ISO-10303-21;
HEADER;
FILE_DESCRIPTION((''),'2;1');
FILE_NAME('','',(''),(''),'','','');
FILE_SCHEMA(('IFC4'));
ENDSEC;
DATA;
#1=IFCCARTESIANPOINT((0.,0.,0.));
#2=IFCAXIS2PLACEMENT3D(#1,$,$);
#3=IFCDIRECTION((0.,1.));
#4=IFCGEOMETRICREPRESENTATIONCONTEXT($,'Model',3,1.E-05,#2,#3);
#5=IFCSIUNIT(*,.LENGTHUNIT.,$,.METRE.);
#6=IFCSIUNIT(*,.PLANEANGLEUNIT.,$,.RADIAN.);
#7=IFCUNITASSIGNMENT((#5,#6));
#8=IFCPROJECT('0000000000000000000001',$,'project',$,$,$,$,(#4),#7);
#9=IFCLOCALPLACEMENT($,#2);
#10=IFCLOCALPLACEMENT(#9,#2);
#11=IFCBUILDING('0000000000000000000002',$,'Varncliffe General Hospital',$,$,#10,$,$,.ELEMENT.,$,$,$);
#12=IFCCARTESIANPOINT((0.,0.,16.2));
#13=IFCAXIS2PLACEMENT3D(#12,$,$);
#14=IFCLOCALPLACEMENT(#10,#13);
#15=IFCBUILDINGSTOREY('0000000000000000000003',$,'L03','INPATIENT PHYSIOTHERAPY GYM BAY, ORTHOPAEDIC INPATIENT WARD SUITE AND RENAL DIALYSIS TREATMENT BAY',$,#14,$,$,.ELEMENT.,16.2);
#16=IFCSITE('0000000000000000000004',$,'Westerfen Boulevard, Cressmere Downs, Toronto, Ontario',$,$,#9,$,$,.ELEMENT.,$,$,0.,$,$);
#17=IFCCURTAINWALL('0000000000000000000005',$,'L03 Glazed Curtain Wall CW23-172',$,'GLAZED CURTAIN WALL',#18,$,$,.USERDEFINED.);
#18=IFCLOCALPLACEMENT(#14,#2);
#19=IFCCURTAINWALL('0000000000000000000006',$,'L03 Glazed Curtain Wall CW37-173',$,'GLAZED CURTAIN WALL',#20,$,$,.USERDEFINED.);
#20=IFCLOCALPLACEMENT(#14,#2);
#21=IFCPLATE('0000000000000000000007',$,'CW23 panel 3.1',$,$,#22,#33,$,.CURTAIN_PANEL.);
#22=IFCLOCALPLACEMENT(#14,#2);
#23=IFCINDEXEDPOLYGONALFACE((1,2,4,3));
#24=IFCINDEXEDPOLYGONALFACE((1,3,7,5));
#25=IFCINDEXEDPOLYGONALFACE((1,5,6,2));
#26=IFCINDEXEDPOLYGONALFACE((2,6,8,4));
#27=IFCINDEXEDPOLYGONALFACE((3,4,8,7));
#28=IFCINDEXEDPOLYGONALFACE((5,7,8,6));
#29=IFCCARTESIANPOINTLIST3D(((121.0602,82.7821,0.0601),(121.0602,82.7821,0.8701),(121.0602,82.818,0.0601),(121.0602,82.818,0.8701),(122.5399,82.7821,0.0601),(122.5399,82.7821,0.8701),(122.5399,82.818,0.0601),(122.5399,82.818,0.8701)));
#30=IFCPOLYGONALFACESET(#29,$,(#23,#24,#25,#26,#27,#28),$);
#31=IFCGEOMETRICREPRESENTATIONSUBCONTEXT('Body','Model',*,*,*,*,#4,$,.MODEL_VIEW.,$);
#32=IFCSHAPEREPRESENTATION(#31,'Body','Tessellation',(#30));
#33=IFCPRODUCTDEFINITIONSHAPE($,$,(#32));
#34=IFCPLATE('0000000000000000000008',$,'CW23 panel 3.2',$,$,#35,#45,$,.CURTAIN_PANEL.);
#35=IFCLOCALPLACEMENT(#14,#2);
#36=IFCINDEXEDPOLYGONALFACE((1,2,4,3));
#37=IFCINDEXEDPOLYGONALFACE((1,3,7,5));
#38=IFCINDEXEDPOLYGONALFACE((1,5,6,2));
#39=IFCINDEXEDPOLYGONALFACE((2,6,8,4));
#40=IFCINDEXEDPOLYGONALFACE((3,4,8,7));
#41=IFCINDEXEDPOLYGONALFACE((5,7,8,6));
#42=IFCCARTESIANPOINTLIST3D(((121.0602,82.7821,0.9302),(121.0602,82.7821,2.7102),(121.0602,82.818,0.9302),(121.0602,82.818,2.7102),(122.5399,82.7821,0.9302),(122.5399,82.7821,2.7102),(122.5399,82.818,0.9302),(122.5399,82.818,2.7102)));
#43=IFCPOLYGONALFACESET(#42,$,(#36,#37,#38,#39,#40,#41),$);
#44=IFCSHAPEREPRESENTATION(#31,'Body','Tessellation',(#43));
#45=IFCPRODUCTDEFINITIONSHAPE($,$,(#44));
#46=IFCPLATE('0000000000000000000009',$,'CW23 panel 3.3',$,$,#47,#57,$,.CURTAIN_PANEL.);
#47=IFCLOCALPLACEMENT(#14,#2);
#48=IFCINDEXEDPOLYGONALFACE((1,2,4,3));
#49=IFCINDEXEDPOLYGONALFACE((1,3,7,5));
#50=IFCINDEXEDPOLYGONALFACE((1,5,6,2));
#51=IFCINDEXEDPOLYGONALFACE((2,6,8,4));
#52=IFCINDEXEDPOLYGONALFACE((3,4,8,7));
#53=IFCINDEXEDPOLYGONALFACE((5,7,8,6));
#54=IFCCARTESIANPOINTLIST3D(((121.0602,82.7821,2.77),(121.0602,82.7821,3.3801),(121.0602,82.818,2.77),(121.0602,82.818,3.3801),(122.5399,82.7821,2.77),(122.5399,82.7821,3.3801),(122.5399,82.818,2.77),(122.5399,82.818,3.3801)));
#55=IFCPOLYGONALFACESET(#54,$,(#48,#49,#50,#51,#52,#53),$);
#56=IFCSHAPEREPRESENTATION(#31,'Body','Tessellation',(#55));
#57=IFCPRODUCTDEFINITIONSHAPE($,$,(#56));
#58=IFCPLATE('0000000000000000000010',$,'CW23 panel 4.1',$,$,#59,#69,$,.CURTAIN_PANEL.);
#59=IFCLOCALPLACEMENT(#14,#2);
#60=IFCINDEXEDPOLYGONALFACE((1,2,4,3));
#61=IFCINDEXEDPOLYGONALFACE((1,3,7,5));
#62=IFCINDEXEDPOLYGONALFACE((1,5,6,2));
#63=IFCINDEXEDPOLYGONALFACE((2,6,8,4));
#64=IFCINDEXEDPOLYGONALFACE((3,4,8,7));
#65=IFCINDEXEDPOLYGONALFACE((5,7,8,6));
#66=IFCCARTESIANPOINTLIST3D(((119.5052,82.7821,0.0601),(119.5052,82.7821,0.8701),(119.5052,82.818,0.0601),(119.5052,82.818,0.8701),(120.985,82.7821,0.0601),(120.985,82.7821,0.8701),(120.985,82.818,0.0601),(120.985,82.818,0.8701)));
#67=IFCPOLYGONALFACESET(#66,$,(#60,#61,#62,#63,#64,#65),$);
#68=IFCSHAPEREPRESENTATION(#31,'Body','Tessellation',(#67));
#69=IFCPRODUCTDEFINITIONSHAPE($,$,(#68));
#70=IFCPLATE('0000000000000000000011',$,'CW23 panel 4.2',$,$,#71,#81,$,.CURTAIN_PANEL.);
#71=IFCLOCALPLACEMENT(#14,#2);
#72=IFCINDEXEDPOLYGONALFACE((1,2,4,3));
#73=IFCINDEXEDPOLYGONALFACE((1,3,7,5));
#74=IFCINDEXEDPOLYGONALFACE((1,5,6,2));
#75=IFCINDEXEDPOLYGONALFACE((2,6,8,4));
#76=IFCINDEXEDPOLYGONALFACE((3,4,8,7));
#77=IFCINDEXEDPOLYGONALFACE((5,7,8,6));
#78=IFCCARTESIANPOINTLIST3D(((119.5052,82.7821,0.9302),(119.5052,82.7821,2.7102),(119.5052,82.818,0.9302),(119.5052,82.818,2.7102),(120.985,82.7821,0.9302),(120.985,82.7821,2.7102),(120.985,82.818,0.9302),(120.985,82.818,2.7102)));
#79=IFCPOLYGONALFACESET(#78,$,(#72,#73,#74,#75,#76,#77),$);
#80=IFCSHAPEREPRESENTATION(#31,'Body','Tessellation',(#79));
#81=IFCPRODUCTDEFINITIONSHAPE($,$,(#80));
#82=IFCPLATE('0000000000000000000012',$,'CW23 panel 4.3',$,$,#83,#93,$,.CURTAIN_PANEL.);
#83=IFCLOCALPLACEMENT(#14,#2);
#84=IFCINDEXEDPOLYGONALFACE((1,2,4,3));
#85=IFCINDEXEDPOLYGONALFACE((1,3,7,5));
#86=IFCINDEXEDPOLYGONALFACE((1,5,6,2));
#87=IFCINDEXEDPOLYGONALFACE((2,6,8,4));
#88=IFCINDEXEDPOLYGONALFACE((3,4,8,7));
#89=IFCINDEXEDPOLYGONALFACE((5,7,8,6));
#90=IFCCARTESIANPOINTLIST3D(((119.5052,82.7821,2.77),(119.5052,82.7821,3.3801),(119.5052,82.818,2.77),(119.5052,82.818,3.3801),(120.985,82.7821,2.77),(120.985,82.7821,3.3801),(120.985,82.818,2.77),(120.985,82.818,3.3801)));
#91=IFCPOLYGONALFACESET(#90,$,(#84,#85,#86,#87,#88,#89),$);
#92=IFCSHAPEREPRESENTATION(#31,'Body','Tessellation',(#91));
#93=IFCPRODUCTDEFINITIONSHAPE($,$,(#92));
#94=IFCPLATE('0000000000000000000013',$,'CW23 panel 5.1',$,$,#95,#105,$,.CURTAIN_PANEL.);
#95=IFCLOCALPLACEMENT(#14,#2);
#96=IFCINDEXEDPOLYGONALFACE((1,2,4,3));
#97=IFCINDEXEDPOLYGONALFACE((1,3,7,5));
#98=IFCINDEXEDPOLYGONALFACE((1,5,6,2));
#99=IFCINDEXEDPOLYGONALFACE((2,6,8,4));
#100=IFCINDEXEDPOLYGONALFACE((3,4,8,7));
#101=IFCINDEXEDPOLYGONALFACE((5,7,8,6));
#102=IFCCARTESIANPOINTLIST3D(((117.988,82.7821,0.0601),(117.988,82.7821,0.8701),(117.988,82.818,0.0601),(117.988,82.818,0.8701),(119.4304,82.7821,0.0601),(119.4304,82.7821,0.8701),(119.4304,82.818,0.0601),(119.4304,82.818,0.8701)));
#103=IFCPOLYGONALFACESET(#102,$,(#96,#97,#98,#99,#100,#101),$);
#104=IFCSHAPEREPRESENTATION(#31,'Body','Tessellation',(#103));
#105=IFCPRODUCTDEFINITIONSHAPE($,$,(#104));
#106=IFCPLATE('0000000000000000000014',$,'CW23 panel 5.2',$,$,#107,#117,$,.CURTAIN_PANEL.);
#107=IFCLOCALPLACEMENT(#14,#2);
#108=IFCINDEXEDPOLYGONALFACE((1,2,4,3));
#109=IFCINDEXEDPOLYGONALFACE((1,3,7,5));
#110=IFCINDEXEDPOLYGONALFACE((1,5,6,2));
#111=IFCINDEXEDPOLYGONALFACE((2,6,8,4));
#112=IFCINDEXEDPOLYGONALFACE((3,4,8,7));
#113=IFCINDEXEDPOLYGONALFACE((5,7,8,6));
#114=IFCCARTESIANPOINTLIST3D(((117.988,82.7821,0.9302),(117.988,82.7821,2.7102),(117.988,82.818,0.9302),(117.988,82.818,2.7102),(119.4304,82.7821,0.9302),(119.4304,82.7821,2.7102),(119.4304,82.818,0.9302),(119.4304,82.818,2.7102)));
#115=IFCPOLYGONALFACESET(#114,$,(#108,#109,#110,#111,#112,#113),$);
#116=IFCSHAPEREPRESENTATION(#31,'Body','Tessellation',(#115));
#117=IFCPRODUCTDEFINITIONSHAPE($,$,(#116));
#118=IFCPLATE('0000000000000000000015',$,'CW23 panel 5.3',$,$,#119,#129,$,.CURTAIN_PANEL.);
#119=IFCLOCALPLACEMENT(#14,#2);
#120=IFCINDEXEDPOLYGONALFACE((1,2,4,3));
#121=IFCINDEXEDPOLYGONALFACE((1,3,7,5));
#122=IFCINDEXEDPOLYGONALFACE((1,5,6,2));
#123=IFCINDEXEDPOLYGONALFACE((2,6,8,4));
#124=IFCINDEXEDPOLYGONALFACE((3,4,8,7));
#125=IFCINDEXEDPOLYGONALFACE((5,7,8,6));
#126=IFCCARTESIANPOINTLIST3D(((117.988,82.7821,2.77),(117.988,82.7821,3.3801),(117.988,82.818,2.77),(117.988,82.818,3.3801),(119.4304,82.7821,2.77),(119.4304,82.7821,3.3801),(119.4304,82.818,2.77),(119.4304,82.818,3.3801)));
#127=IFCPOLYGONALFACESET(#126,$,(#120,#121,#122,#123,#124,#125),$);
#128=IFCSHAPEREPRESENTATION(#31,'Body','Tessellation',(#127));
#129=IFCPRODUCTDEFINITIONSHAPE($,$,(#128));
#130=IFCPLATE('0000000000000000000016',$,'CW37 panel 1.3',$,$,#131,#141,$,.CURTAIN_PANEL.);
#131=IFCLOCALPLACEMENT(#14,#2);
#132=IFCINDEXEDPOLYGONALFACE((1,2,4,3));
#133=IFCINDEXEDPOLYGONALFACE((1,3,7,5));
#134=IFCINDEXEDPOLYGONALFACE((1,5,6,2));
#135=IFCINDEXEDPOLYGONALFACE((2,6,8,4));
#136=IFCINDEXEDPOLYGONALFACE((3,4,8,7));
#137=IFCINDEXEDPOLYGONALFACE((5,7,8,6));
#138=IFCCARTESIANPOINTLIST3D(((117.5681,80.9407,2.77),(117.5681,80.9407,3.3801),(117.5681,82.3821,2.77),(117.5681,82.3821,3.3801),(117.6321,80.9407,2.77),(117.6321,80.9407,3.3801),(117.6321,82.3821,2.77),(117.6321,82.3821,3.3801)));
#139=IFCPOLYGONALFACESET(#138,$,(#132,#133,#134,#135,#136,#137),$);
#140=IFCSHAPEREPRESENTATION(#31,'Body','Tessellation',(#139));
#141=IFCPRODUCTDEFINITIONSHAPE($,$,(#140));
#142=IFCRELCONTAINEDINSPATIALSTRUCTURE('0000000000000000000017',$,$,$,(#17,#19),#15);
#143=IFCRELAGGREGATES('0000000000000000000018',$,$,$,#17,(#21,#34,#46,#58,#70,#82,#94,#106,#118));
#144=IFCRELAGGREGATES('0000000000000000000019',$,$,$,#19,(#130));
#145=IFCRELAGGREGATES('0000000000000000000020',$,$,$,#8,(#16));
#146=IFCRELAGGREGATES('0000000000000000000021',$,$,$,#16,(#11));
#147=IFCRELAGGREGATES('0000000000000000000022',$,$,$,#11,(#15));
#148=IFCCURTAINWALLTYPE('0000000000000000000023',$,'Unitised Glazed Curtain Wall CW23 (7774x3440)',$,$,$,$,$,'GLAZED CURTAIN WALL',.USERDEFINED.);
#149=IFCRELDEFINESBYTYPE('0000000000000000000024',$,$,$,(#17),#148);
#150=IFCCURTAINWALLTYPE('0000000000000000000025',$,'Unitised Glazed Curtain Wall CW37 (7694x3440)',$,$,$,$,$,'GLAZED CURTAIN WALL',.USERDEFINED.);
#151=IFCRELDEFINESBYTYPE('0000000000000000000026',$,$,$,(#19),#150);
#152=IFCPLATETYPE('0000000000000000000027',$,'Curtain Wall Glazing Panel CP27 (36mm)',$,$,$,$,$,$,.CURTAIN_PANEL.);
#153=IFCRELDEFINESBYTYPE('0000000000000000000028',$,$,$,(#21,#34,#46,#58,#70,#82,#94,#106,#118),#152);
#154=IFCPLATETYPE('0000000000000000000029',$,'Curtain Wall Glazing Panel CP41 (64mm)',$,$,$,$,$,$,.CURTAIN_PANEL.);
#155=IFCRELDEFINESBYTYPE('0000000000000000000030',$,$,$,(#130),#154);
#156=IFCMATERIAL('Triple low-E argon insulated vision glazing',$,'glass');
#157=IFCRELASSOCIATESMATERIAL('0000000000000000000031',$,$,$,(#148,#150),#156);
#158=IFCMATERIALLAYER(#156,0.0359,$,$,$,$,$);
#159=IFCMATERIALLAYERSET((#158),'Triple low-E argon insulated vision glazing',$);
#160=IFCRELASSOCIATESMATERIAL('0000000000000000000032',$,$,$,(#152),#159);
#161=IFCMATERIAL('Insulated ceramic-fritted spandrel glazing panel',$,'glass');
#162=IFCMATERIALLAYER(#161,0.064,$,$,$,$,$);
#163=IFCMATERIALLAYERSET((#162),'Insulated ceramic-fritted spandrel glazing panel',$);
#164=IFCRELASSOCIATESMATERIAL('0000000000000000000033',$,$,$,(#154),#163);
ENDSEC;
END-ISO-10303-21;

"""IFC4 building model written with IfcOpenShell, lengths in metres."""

from ifc_helpers import new_model, si_unit, direction, frame, origin, origin_2d, place, context, subcontext, project, spatial, rectangle, extrude, material, layer, layer_set, type_object, element, aggregate, save


model = new_model("IFC4")

# Units and contexts
model_context = context("Model", 3, precision=1e-05, world=origin(), true_north=direction((0.0, 1.0)))
body_context = subcontext(model_context, "Body", "Model", "MODEL_VIEW")
ifc_project = project(units=[si_unit("LENGTHUNIT", "METRE"), si_unit("PLANEANGLEUNIT", "RADIAN")], contexts=[model_context])

# Site, building, storey
site_placement = place(None, origin())
site = spatial("IfcSite", under=ifc_project, at=site_placement, Name="Westerfen Boulevard, Cressmere Downs, Toronto, Ontario", CompositionType="ELEMENT", RefElevation=0.0)
building_placement = place(site_placement, origin())
building = spatial("IfcBuilding", under=site, at=building_placement, Name="Varncliffe General Hospital", CompositionType="ELEMENT")
storey_placement = place(building_placement, frame((0.0, 0.0, 16.2)))
storey = spatial("IfcBuildingStorey", under=building, at=storey_placement, Name="L03", Description="INPATIENT PHYSIOTHERAPY GYM BAY, ORTHOPAEDIC INPATIENT WARD SUITE AND RENAL DIALYSIS TREATMENT BAY", CompositionType="ELEMENT", Elevation=16.2)

# Curtain wall
ifc_material_1 = material(Name="Triple low-E argon insulated vision glazing", Category="glass")
curtain_wall_type_1 = type_object("IfcCurtainWallType", Name="Unitised Glazed Curtain Wall CW23 (7774x3440)", ElementType="GLAZED CURTAIN WALL", PredefinedType="USERDEFINED", material=ifc_material_1)
curtain_wall_1_placement = place(storey_placement, origin())
curtain_wall_1 = element("IfcCurtainWall", 1, at=curtain_wall_1_placement, inside=storey, type_object=curtain_wall_type_1, Name="L03 Glazed Curtain Wall CW23-172", ObjectType="GLAZED CURTAIN WALL", PredefinedType="USERDEFINED")

# Curtain wall
curtain_wall_type_2 = type_object("IfcCurtainWallType", Name="Unitised Glazed Curtain Wall CW37 (7694x3440)", ElementType="GLAZED CURTAIN WALL", PredefinedType="USERDEFINED", material=ifc_material_1)
curtain_wall_2_placement = place(storey_placement, origin())
curtain_wall_2 = element("IfcCurtainWall", 2, at=curtain_wall_2_placement, inside=storey, type_object=curtain_wall_type_2, Name="L03 Glazed Curtain Wall CW37-173", ObjectType="GLAZED CURTAIN WALL", PredefinedType="USERDEFINED")

# Plates
ifc_layer_1 = layer(ifc_material_1, 0.0359)
ifc_layer_set_1 = layer_set([ifc_layer_1], Name="Triple low-E argon insulated vision glazing")
plate_type_1 = type_object("IfcPlateType", Name="Curtain Wall Glazing Panel CP27 (36mm)", PredefinedType="CURTAIN_PANEL", material=ifc_layer_set_1)
plate_1_placement = place(storey_placement, frame((121.8, 82.8, 0.0601), z_axis=(0.0, 0.0, 1.0), x_axis=(-1.0, 0.0, 0.0)))
plate_1 = element("IfcPlate", 3, at=plate_1_placement, type_object=plate_type_1, Name="CW23 panel 3.1", PredefinedType="CURTAIN_PANEL", context=body_context, shape_type="SweptSolid", body=[
    extrude(rectangle(XDim=1.4797, YDim=0.0359, at=origin_2d()), origin(), (0.0, 0.0, 1.0), 0.8101),
])
plate_2_placement = place(storey_placement, frame((121.8, 82.8, 0.9302), z_axis=(0.0, 0.0, 1.0), x_axis=(-1.0, 0.0, 0.0)))
plate_2 = element("IfcPlate", 4, at=plate_2_placement, type_object=plate_type_1, Name="CW23 panel 3.2", PredefinedType="CURTAIN_PANEL", context=body_context, shape_type="SweptSolid", body=[
    extrude(rectangle(XDim=1.4797, YDim=0.0359, at=origin_2d()), origin(), (0.0, 0.0, 1.0), 1.78),
])
plate_3_placement = place(storey_placement, frame((121.8, 82.8, 2.77), z_axis=(0.0, 0.0, 1.0), x_axis=(-1.0, 0.0, 0.0)))
plate_3 = element("IfcPlate", 5, at=plate_3_placement, type_object=plate_type_1, Name="CW23 panel 3.3", PredefinedType="CURTAIN_PANEL", context=body_context, shape_type="SweptSolid", body=[
    extrude(rectangle(XDim=1.4797, YDim=0.0359, at=origin_2d()), origin(), (0.0, 0.0, 1.0), 0.6101),
])
plate_4_placement = place(storey_placement, frame((120.2451, 82.8, 0.0601), z_axis=(0.0, 0.0, 1.0), x_axis=(-1.0, 0.0, 0.0)))
plate_4 = element("IfcPlate", 6, at=plate_4_placement, type_object=plate_type_1, Name="CW23 panel 4.1", PredefinedType="CURTAIN_PANEL", context=body_context, shape_type="SweptSolid", body=[
    extrude(rectangle(XDim=1.4797, YDim=0.0359, at=origin_2d()), origin(), (0.0, 0.0, 1.0), 0.8101),
])
plate_5_placement = place(storey_placement, frame((120.2451, 82.8, 0.9302), z_axis=(0.0, 0.0, 1.0), x_axis=(-1.0, 0.0, 0.0)))
plate_5 = element("IfcPlate", 7, at=plate_5_placement, type_object=plate_type_1, Name="CW23 panel 4.2", PredefinedType="CURTAIN_PANEL", context=body_context, shape_type="SweptSolid", body=[
    extrude(rectangle(XDim=1.4797, YDim=0.0359, at=origin_2d()), origin(), (0.0, 0.0, 1.0), 1.78),
])
plate_6_placement = place(storey_placement, frame((120.2451, 82.8, 2.77), z_axis=(0.0, 0.0, 1.0), x_axis=(-1.0, 0.0, 0.0)))
plate_6 = element("IfcPlate", 8, at=plate_6_placement, type_object=plate_type_1, Name="CW23 panel 4.3", PredefinedType="CURTAIN_PANEL", context=body_context, shape_type="SweptSolid", body=[
    extrude(rectangle(XDim=1.4797, YDim=0.0359, at=origin_2d()), origin(), (0.0, 0.0, 1.0), 0.6101),
])
plate_7_placement = place(storey_placement, frame((118.7092, 82.8, 0.0601), z_axis=(0.0, 0.0, 1.0), x_axis=(-1.0, 0.0, 0.0)))
plate_7 = element("IfcPlate", 9, at=plate_7_placement, type_object=plate_type_1, Name="CW23 panel 5.1", PredefinedType="CURTAIN_PANEL", context=body_context, shape_type="SweptSolid", body=[
    extrude(rectangle(XDim=1.4424, YDim=0.0359, at=origin_2d()), origin(), (0.0, 0.0, 1.0), 0.8101),
])
plate_8_placement = place(storey_placement, frame((118.7092, 82.8, 0.9302), z_axis=(0.0, 0.0, 1.0), x_axis=(-1.0, 0.0, 0.0)))
plate_8 = element("IfcPlate", 10, at=plate_8_placement, type_object=plate_type_1, Name="CW23 panel 5.2", PredefinedType="CURTAIN_PANEL", context=body_context, shape_type="SweptSolid", body=[
    extrude(rectangle(XDim=1.4424, YDim=0.0359, at=origin_2d()), origin(), (0.0, 0.0, 1.0), 1.78),
])
plate_9_placement = place(storey_placement, frame((118.7092, 82.8, 2.77), z_axis=(0.0, 0.0, 1.0), x_axis=(-1.0, 0.0, 0.0)))
plate_9 = element("IfcPlate", 11, at=plate_9_placement, type_object=plate_type_1, Name="CW23 panel 5.3", PredefinedType="CURTAIN_PANEL", context=body_context, shape_type="SweptSolid", body=[
    extrude(rectangle(XDim=1.4424, YDim=0.0359, at=origin_2d()), origin(), (0.0, 0.0, 1.0), 0.6101),
])
aggregate(curtain_wall_1, [plate_1, plate_2, plate_3, plate_4, plate_5, plate_6, plate_7, plate_8, plate_9])
ifc_material_2 = material(Name="Insulated ceramic-fritted spandrel glazing panel", Category="glass")
ifc_layer_2 = layer(ifc_material_2, 0.064)
ifc_layer_set_2 = layer_set([ifc_layer_2], Name="Insulated ceramic-fritted spandrel glazing panel")
plate_type_2 = type_object("IfcPlateType", Name="Curtain Wall Glazing Panel CP41 (64mm)", PredefinedType="CURTAIN_PANEL", material=ifc_layer_set_2)
plate_10_placement = place(storey_placement, frame((117.6001, 81.6614, 2.77), z_axis=(0.0, 0.0, 1.0), x_axis=(0.0, -1.0, 0.0)))
plate_10 = element("IfcPlate", 12, at=plate_10_placement, type_object=plate_type_2, Name="CW37 panel 1.3", PredefinedType="CURTAIN_PANEL", context=body_context, shape_type="SweptSolid", body=[
    extrude(rectangle(XDim=1.4414, YDim=0.064, at=origin_2d()), origin(), (0.0, 0.0, 1.0), 0.6101),
])
aggregate(curtain_wall_2, [plate_10])

save(model, "model.ifc")
